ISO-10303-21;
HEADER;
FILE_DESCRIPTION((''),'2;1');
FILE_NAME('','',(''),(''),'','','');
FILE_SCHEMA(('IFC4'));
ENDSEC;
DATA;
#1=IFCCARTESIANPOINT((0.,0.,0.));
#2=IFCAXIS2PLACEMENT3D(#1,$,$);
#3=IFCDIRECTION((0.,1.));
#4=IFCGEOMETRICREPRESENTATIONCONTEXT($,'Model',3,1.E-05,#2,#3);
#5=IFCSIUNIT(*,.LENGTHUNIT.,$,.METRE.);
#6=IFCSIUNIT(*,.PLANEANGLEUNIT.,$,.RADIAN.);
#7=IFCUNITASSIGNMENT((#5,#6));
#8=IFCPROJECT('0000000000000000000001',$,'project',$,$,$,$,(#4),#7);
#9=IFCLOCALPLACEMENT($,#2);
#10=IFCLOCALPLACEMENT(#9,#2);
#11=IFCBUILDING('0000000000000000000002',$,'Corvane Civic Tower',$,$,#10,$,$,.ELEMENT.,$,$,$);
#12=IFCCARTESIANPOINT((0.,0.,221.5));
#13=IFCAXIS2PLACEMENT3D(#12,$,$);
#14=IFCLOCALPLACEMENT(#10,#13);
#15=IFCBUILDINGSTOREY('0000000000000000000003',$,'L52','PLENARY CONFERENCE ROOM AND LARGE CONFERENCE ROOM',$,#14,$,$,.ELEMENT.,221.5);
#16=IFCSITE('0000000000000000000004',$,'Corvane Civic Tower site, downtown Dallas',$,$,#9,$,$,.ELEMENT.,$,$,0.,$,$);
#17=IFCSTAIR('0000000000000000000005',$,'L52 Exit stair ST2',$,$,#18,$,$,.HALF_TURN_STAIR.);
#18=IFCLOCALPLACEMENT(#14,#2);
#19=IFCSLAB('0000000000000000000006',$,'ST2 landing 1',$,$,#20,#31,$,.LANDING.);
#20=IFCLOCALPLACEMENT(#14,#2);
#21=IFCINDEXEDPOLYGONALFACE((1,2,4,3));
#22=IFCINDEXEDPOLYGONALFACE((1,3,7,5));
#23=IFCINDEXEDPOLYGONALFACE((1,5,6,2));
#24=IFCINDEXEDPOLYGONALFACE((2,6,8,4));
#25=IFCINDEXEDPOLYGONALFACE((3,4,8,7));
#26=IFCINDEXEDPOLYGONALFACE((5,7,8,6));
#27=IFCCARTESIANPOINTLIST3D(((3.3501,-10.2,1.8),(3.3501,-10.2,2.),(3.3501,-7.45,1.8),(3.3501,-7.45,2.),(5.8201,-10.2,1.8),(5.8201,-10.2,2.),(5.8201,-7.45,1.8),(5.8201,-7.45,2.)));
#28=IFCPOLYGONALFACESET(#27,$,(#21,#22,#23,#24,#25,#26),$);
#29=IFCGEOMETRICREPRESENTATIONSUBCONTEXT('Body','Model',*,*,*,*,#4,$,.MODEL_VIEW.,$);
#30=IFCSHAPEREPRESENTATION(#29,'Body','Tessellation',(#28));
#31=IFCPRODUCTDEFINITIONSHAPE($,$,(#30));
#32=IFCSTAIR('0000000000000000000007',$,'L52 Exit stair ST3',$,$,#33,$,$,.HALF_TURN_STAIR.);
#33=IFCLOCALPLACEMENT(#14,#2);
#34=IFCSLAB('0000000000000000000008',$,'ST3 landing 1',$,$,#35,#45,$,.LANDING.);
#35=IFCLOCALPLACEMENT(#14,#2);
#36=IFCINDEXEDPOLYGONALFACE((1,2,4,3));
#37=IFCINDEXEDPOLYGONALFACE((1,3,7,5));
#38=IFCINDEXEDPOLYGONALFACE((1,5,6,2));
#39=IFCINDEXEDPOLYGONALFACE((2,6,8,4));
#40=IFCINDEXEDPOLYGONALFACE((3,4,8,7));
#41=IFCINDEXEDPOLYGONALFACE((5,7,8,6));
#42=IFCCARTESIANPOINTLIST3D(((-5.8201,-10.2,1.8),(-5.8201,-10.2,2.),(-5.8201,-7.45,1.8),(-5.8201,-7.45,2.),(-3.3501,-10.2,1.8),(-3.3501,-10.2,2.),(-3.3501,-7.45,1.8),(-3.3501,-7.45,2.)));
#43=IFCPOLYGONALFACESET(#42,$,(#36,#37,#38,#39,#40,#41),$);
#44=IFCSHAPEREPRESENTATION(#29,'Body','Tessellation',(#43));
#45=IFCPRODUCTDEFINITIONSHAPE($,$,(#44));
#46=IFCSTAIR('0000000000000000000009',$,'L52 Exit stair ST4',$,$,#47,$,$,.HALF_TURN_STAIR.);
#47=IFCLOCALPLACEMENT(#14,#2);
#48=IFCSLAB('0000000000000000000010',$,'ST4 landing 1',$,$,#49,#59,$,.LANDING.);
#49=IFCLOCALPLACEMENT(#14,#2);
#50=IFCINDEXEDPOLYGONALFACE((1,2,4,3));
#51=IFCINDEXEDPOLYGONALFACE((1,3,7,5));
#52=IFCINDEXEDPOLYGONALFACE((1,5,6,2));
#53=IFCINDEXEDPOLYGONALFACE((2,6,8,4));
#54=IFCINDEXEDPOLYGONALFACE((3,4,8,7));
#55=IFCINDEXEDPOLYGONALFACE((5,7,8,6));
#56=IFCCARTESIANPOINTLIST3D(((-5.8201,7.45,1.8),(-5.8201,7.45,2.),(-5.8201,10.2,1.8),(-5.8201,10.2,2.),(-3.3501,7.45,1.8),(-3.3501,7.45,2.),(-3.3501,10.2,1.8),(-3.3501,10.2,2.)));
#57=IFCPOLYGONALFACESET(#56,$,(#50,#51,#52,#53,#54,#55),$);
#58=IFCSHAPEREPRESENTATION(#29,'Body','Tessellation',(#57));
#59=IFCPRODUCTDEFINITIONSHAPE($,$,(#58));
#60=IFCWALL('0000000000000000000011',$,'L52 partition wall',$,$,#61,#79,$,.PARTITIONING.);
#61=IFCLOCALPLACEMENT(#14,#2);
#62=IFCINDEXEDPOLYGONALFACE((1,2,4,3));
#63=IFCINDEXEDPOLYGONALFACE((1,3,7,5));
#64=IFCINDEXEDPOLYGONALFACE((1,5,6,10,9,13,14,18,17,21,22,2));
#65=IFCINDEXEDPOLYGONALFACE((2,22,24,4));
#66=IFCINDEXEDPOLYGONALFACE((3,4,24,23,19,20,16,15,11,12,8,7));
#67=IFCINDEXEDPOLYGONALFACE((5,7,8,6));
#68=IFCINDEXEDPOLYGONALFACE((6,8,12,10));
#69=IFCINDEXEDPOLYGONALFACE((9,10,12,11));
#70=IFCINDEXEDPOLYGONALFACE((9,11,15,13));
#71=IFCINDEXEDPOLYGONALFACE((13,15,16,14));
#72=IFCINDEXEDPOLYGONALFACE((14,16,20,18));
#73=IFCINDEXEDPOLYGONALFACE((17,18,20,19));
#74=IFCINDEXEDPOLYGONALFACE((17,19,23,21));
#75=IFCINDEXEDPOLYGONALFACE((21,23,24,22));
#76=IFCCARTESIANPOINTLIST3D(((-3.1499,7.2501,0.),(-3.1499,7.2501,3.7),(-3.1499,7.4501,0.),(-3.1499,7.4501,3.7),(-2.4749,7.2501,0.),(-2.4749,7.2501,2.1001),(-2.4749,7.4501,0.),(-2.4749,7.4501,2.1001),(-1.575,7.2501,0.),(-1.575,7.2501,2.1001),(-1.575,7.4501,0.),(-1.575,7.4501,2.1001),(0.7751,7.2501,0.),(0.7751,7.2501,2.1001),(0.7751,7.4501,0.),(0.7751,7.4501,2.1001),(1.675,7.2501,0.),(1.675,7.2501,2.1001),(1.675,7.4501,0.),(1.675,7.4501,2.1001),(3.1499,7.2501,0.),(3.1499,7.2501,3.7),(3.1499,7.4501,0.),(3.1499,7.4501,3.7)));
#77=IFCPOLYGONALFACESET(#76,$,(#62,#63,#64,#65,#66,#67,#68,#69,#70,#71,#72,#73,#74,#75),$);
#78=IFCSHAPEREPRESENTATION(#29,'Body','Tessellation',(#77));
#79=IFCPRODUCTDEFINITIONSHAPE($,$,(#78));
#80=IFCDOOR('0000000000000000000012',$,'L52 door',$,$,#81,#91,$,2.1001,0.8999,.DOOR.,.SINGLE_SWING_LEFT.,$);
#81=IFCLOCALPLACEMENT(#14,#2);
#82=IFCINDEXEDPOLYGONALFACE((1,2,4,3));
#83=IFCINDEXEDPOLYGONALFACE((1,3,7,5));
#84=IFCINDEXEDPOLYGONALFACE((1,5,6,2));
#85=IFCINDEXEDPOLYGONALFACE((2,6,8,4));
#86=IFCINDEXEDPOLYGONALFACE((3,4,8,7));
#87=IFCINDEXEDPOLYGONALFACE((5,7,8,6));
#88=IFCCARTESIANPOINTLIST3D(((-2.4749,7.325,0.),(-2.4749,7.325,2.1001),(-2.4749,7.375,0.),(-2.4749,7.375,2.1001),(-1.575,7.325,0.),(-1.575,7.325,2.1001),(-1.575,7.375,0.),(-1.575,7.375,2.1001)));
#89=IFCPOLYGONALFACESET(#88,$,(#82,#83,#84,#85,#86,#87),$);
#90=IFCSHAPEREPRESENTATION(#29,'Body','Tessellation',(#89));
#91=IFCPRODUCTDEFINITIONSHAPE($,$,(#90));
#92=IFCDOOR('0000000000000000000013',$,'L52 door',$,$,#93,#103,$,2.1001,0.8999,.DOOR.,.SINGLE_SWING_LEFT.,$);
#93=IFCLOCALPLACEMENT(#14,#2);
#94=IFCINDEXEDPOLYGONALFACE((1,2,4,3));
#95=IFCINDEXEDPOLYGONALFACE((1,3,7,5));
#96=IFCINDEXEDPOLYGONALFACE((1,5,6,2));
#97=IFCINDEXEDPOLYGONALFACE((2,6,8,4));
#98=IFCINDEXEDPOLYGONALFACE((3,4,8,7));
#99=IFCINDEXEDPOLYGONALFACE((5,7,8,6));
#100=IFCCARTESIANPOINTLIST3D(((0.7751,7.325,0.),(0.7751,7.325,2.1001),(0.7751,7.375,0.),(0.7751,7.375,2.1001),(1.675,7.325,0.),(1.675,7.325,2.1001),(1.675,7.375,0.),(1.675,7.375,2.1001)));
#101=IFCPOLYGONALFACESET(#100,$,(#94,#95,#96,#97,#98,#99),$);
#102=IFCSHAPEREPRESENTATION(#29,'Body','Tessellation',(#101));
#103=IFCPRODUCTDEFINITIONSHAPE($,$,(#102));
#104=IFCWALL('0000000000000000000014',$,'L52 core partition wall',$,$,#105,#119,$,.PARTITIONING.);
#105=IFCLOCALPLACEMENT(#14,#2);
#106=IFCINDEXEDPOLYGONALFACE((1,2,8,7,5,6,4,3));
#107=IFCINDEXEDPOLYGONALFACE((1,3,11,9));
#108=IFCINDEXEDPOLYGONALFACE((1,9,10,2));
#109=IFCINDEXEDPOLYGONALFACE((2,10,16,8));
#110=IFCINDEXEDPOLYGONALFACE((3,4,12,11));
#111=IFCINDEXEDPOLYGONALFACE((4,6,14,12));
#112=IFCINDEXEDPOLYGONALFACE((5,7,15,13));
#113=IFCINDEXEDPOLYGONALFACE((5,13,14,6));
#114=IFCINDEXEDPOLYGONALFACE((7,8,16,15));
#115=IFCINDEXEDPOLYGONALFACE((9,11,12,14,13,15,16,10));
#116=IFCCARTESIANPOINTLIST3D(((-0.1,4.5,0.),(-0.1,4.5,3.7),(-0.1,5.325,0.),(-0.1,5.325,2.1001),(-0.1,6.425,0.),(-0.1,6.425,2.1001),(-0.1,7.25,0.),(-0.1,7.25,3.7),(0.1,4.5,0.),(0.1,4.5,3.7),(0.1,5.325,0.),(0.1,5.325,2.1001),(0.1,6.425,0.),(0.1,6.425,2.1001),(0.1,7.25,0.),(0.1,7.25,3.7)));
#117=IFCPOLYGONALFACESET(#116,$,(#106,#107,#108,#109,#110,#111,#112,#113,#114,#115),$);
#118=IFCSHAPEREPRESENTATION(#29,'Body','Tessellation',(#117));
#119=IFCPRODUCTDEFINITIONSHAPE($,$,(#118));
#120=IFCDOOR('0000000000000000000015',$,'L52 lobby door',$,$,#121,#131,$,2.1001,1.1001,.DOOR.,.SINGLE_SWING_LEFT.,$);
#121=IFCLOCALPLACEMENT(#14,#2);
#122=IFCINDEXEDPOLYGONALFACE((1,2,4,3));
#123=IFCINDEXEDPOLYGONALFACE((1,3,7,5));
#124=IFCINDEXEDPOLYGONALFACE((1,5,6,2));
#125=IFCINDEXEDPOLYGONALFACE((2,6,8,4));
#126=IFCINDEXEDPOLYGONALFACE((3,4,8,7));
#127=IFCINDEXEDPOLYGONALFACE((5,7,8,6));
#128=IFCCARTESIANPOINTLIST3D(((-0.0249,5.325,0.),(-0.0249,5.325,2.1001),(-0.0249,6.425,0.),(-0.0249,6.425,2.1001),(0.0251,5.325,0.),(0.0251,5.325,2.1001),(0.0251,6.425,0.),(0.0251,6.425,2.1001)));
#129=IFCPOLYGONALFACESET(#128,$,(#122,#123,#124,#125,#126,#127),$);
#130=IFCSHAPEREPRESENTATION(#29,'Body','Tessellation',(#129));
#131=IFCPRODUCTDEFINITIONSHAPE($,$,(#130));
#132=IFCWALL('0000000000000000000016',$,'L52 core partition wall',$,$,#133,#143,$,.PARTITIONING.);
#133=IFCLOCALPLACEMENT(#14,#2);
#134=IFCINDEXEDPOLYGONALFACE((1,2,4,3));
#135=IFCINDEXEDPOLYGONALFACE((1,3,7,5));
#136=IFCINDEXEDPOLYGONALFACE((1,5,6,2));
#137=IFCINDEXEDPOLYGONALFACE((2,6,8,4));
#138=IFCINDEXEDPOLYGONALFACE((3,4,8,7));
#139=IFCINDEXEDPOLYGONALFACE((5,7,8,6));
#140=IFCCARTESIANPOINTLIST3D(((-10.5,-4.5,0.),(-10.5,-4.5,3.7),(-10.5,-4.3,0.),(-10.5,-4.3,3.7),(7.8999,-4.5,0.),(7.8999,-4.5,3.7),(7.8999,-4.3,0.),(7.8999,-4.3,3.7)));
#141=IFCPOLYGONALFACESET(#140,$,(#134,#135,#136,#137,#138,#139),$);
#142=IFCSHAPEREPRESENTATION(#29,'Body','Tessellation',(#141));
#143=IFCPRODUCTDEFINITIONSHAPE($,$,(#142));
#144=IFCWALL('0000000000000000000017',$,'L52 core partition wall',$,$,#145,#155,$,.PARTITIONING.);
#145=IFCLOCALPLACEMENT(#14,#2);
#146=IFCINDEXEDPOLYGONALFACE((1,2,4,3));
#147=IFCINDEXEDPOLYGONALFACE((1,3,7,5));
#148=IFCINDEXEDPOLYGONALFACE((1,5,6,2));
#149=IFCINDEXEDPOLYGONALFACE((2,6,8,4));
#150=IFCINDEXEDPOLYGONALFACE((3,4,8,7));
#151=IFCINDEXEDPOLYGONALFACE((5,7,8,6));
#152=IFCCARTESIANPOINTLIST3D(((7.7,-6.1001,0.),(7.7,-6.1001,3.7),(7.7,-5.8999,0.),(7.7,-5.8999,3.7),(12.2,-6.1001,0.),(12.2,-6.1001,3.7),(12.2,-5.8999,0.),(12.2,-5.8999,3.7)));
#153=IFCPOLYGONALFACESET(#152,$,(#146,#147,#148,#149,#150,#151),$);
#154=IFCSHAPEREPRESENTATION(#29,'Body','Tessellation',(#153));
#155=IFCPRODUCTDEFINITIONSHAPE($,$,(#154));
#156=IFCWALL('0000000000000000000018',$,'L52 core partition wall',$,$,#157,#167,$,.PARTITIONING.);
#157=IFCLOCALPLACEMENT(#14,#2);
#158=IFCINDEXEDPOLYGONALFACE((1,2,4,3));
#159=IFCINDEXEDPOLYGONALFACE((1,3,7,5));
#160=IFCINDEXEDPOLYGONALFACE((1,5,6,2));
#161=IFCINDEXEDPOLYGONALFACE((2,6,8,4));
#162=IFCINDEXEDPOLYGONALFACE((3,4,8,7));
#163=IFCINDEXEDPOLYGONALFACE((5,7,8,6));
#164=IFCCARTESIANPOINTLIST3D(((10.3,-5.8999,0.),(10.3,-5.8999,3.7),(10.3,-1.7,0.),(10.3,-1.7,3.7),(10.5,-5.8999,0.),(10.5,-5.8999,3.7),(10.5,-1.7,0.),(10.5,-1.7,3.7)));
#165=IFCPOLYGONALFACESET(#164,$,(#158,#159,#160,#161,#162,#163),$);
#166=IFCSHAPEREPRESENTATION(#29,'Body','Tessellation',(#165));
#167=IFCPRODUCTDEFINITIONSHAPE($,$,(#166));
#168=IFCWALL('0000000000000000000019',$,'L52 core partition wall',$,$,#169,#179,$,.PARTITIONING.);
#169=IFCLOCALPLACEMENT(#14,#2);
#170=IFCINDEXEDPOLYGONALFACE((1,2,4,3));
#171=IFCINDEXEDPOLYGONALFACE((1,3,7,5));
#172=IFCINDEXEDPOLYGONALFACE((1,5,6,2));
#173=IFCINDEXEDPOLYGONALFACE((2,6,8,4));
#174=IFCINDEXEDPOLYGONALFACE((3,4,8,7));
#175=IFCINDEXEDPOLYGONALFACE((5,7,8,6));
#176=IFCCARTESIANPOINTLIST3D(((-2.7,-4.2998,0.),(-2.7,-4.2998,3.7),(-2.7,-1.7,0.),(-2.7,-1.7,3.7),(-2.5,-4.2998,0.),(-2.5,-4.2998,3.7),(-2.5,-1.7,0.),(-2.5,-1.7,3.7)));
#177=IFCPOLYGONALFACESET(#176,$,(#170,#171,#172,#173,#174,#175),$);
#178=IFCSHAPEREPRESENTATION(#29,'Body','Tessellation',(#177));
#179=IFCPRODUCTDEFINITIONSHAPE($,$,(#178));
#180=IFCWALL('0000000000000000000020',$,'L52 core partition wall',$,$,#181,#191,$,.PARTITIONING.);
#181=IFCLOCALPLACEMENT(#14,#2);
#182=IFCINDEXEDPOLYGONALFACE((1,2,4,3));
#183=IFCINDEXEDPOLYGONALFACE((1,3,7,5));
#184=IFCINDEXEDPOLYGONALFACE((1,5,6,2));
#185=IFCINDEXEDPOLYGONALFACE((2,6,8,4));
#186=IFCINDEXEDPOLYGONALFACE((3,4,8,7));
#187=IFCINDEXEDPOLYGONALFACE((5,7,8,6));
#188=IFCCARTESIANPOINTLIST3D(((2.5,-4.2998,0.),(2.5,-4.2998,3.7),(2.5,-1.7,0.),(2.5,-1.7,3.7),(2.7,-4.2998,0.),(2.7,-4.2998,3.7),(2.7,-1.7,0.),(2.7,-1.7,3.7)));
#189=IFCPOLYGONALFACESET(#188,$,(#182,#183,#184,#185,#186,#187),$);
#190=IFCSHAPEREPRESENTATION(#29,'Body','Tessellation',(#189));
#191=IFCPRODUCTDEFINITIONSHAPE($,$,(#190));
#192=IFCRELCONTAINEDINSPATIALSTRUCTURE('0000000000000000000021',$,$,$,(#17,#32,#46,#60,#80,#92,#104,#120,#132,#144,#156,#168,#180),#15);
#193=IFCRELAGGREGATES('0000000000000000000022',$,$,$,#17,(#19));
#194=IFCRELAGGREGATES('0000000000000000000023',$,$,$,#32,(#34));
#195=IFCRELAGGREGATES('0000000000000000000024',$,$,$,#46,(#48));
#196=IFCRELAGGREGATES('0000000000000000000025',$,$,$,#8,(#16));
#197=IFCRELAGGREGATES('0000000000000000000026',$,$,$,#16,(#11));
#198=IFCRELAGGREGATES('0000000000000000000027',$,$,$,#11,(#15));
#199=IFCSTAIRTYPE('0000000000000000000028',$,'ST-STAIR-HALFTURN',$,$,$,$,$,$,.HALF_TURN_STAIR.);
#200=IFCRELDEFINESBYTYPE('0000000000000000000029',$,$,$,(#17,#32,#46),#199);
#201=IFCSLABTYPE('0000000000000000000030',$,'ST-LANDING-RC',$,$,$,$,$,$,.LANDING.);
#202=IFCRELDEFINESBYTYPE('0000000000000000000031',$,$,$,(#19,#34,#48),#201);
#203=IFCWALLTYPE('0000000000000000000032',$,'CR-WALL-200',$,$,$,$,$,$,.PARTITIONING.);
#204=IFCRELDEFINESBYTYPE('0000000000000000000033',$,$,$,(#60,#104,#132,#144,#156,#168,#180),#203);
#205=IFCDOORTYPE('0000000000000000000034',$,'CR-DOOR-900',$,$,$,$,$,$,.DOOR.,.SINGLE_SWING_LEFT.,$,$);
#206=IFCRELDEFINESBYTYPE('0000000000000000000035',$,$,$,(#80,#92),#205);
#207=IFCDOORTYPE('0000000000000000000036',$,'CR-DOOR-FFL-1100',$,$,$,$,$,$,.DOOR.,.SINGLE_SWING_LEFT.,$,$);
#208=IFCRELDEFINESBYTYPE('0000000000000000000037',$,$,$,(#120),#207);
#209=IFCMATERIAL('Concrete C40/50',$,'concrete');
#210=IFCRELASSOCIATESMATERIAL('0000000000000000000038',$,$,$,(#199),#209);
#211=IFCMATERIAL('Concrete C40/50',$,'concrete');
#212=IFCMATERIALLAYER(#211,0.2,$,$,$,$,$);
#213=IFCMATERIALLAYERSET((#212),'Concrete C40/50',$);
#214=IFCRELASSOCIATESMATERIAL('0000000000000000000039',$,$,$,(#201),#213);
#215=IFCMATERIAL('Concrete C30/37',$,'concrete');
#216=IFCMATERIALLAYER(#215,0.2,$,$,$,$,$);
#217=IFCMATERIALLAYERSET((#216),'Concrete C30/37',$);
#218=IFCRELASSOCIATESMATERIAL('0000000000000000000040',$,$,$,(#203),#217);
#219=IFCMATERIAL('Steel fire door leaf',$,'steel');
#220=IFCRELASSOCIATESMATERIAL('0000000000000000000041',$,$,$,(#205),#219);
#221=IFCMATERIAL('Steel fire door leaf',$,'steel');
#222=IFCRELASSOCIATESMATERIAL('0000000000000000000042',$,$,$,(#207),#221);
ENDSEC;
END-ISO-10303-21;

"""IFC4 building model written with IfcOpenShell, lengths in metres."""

from ifc_helpers import new_model, si_unit, direction, frame, frame_2d, origin, place, context, subcontext, project, spatial, polyline, rectangle, outline, extrude, material, layer, layer_set, type_object, element, fill, aggregate, save


model = new_model("IFC4")

# Units and contexts
model_context = context("Model", 3, precision=1e-05, world=origin(), true_north=direction((0.0, 1.0)))
body_context = subcontext(model_context, "Body", "Model", "MODEL_VIEW")
ifc_project = project(units=[si_unit("LENGTHUNIT", "METRE"), si_unit("PLANEANGLEUNIT", "RADIAN")], contexts=[model_context])

# Site, building, storey
site_placement = place(None, origin())
site = spatial("IfcSite", under=ifc_project, at=site_placement, Name="Corvane Civic Tower site, downtown Dallas", CompositionType="ELEMENT", RefElevation=0.0)
building_placement = place(site_placement, origin())
building = spatial("IfcBuilding", under=site, at=building_placement, Name="Corvane Civic Tower", CompositionType="ELEMENT")
storey_placement = place(building_placement, frame((0.0, 0.0, 221.5)))
storey = spatial("IfcBuildingStorey", under=building, at=storey_placement, Name="L52", Description="PLENARY CONFERENCE ROOM AND LARGE CONFERENCE ROOM", CompositionType="ELEMENT", Elevation=221.5)

# Stairs, slabs
ifc_material_1 = material(Name="Concrete C40/50", Category="concrete")
stair_type = type_object("IfcStairType", Name="ST-STAIR-HALFTURN", PredefinedType="HALF_TURN_STAIR", material=ifc_material_1)
ifc_material_2 = material(Name="Concrete C40/50", Category="concrete")
ifc_layer_1 = layer(ifc_material_2, 0.2)
ifc_layer_set_1 = layer_set([ifc_layer_1], Name="Concrete C40/50")
slab_type_1 = type_object("IfcSlabType", Name="ST-LANDING-RC", PredefinedType="LANDING", material=ifc_layer_set_1)
stair_1_placement = place(storey_placement, origin())
stair_1 = element("IfcStair", 1, at=stair_1_placement, inside=storey, type_object=stair_type, Name="L52 Exit stair ST2", PredefinedType="HALF_TURN_STAIR")
slab_1_placement = place(storey_placement, frame((0.0, 0.0, 1.8)))
slab_1 = element("IfcSlab", 2, at=slab_1_placement, type_object=slab_type_1, Name="ST2 landing 1", PredefinedType="LANDING", context=body_context, shape_type="SweptSolid", body=[
    extrude(outline(polyline([(5.8201, -7.45), (3.3501, -7.45), (3.3501, -10.2), (5.8201, -10.2), (5.8201, -7.45)])), origin(), (0.0, 0.0, 1.0), 0.2),
])
aggregate(stair_1, [slab_1])
stair_2_placement = place(storey_placement, origin())
stair_2 = element("IfcStair", 3, at=stair_2_placement, inside=storey, type_object=stair_type, Name="L52 Exit stair ST3", PredefinedType="HALF_TURN_STAIR")
slab_2_placement = place(storey_placement, frame((0.0, 0.0, 1.8)))
slab_2 = element("IfcSlab", 4, at=slab_2_placement, type_object=slab_type_1, Name="ST3 landing 1", PredefinedType="LANDING", context=body_context, shape_type="SweptSolid", body=[
    extrude(outline(polyline([(-5.8201, -10.2), (-3.3501, -10.2), (-3.3501, -7.45), (-5.8201, -7.45), (-5.8201, -10.2)])), origin(), (0.0, 0.0, 1.0), 0.2),
])
aggregate(stair_2, [slab_2])
stair_3_placement = place(storey_placement, origin())
stair_3 = element("IfcStair", 5, at=stair_3_placement, inside=storey, type_object=stair_type, Name="L52 Exit stair ST4", PredefinedType="HALF_TURN_STAIR")
slab_3_placement = place(storey_placement, frame((0.0, 0.0, 1.8)))
slab_3 = element("IfcSlab", 6, at=slab_3_placement, type_object=slab_type_1, Name="ST4 landing 1", PredefinedType="LANDING", context=body_context, shape_type="SweptSolid", body=[
    extrude(outline(polyline([(-5.8201, 7.45), (-3.3501, 7.45), (-3.3501, 10.2), (-5.8201, 10.2), (-5.8201, 7.45)])), origin(), (0.0, 0.0, 1.0), 0.2),
])
aggregate(stair_3, [slab_3])

# Wall, openings, doors
ifc_material_3 = material(Name="Concrete C30/37", Category="concrete")
ifc_layer_2 = layer(ifc_material_3, 0.2)
ifc_layer_set_2 = layer_set([ifc_layer_2], Name="Concrete C30/37")
wall_type_1 = type_object("IfcWallType", Name="CR-WALL-200", PredefinedType="PARTITIONING", material=ifc_layer_set_2)
wall_1_placement = place(storey_placement, frame((-3.1499, 7.3501, 0.0), z_axis=(0.0, 0.0, 1.0), x_axis=(1.0, 0.0, 0.0)))
wall_1 = element("IfcWall", 7, at=wall_1_placement, inside=storey, type_object=wall_type_1, Name="L52 partition wall", PredefinedType="PARTITIONING", context=body_context, shape_type="SweptSolid", body=[
    extrude(rectangle(XDim=6.2998, YDim=0.2, at=frame_2d((3.1499, 0.0))), origin(), (0.0, 0.0, 1.0), 3.7),
])
opening_1_placement = place(wall_1_placement, frame((0.675, 0.0, 0.0)))
opening_1 = element("IfcOpeningElement", 8, at=opening_1_placement, cuts=wall_1, PredefinedType="OPENING", context=body_context, shape_type="SweptSolid", body=[
    extrude(rectangle(XDim=0.8999, YDim=2.1001, at=frame_2d((0.45, 1.05))), frame((0.0, 0.1099, 0.0), z_axis=(0.0, -1.0, 0.0), x_axis=(1.0, 0.0, 0.0)), (0.0, 0.0, 1.0), 0.22),
])
opening_2_placement = place(wall_1_placement, frame((3.925, 0.0, 0.0)))
opening_2 = element("IfcOpeningElement", 9, at=opening_2_placement, cuts=wall_1, PredefinedType="OPENING", context=body_context, shape_type="SweptSolid", body=[
    extrude(rectangle(XDim=0.8999, YDim=2.1001, at=frame_2d((0.45, 1.05))), frame((0.0, 0.1099, 0.0), z_axis=(0.0, -1.0, 0.0), x_axis=(1.0, 0.0, 0.0)), (0.0, 0.0, 1.0), 0.22),
])
ifc_material_4 = material(Name="Steel fire door leaf", Category="steel")
door_type_1 = type_object("IfcDoorType", Name="CR-DOOR-900", OperationType="SINGLE_SWING_LEFT", PredefinedType="DOOR", material=ifc_material_4)
door_1_placement = place(opening_1_placement, origin())
door_1 = element("IfcDoor", 10, at=door_1_placement, inside=storey, type_object=door_type_1, Name="L52 door", OperationType="SINGLE_SWING_LEFT", OverallHeight=2.1001, OverallWidth=0.8999, PredefinedType="DOOR", context=body_context, shape_type="SweptSolid", body=[
    extrude(rectangle(XDim=0.8999, YDim=2.1001, at=frame_2d((0.45, 1.05))), frame((0.0, 0.0249, 0.0), z_axis=(0.0, -1.0, 0.0), x_axis=(1.0, 0.0, 0.0)), (0.0, 0.0, 1.0), 0.05),
])
fill(opening_1, door_1)
door_2_placement = place(opening_2_placement, origin())
door_2 = element("IfcDoor", 11, at=door_2_placement, inside=storey, type_object=door_type_1, Name="L52 door", OperationType="SINGLE_SWING_LEFT", OverallHeight=2.1001, OverallWidth=0.8999, PredefinedType="DOOR", context=body_context, shape_type="SweptSolid", body=[
    extrude(rectangle(XDim=0.8999, YDim=2.1001, at=frame_2d((0.45, 1.05))), frame((0.0, 0.0249, 0.0), z_axis=(0.0, -1.0, 0.0), x_axis=(1.0, 0.0, 0.0)), (0.0, 0.0, 1.0), 0.05),
])
fill(opening_2, door_2)

# Wall, opening, door
wall_2_placement = place(storey_placement, frame((0.0, 4.5, 0.0), z_axis=(0.0, 0.0, 1.0), x_axis=(0.0, 1.0, 0.0)))
wall_2 = element("IfcWall", 12, at=wall_2_placement, inside=storey, type_object=wall_type_1, Name="L52 core partition wall", PredefinedType="PARTITIONING", context=body_context, shape_type="SweptSolid", body=[
    extrude(rectangle(XDim=2.75, YDim=0.2, at=frame_2d((1.375, 0.0))), origin(), (0.0, 0.0, 1.0), 3.7),
])
opening_3_placement = place(wall_2_placement, frame((0.825, 0.0, 0.0)))
opening_3 = element("IfcOpeningElement", 13, at=opening_3_placement, cuts=wall_2, PredefinedType="OPENING", context=body_context, shape_type="SweptSolid", body=[
    extrude(rectangle(XDim=1.1001, YDim=2.1001, at=frame_2d((0.55, 1.05))), frame((0.0, 0.1099, 0.0), z_axis=(0.0, -1.0, 0.0), x_axis=(1.0, 0.0, 0.0)), (0.0, 0.0, 1.0), 0.22),
])
ifc_material_5 = material(Name="Steel fire door leaf", Category="steel")
door_type_2 = type_object("IfcDoorType", Name="CR-DOOR-FFL-1100", OperationType="SINGLE_SWING_LEFT", PredefinedType="DOOR", material=ifc_material_5)
door_3_placement = place(opening_3_placement, origin())
door_3 = element("IfcDoor", 14, at=door_3_placement, inside=storey, type_object=door_type_2, Name="L52 lobby door", OperationType="SINGLE_SWING_LEFT", OverallHeight=2.1001, OverallWidth=1.1001, PredefinedType="DOOR", context=body_context, shape_type="SweptSolid", body=[
    extrude(rectangle(XDim=1.1001, YDim=2.1001, at=frame_2d((0.55, 1.05))), frame((0.0, 0.0249, 0.0), z_axis=(0.0, -1.0, 0.0), x_axis=(1.0, 0.0, 0.0)), (0.0, 0.0, 1.0), 0.05),
])
fill(opening_3, door_3)

# Walls
wall_3_placement = place(storey_placement, origin())
element("IfcWall", 15, at=wall_3_placement, inside=storey, type_object=wall_type_1, Name="L52 core partition wall", PredefinedType="PARTITIONING", context=body_context, shape_type="SweptSolid", body=[
    extrude(outline(polyline([(7.8999, -4.3), (7.8999, -4.5), (-10.5, -4.5), (-10.5, -4.3), (7.8999, -4.3)])), origin(), (0.0, 0.0, 1.0), 3.7),
])
wall_4_placement = place(storey_placement, origin())
element("IfcWall", 16, at=wall_4_placement, inside=storey, type_object=wall_type_1, Name="L52 core partition wall", PredefinedType="PARTITIONING", context=body_context, shape_type="SweptSolid", body=[
    extrude(outline(polyline([(12.2, -6.1001), (7.7, -6.1001), (7.7, -5.8999), (12.2, -5.8999), (12.2, -6.1001)])), origin(), (0.0, 0.0, 1.0), 3.7),
])
wall_5_placement = place(storey_placement, origin())
element("IfcWall", 17, at=wall_5_placement, inside=storey, type_object=wall_type_1, Name="L52 core partition wall", PredefinedType="PARTITIONING", context=body_context, shape_type="SweptSolid", body=[
    extrude(outline(polyline([(10.5, -1.7), (10.5, -5.8999), (10.3, -5.8999), (10.3, -1.7), (10.5, -1.7)])), origin(), (0.0, 0.0, 1.0), 3.7),
])
wall_6_placement = place(storey_placement, origin())
element("IfcWall", 18, at=wall_6_placement, inside=storey, type_object=wall_type_1, Name="L52 core partition wall", PredefinedType="PARTITIONING", context=body_context, shape_type="SweptSolid", body=[
    extrude(outline(polyline([(-2.5, -1.7), (-2.5, -4.2998), (-2.7, -4.2998), (-2.7, -1.7), (-2.5, -1.7)])), origin(), (0.0, 0.0, 1.0), 3.7),
])
wall_7_placement = place(storey_placement, origin())
element("IfcWall", 19, at=wall_7_placement, inside=storey, type_object=wall_type_1, Name="L52 core partition wall", PredefinedType="PARTITIONING", context=body_context, shape_type="SweptSolid", body=[
    extrude(outline(polyline([(2.7, -1.7), (2.7, -4.2998), (2.5, -4.2998), (2.5, -1.7), (2.7, -1.7)])), origin(), (0.0, 0.0, 1.0), 3.7),
])

save(model, "model.ifc")
